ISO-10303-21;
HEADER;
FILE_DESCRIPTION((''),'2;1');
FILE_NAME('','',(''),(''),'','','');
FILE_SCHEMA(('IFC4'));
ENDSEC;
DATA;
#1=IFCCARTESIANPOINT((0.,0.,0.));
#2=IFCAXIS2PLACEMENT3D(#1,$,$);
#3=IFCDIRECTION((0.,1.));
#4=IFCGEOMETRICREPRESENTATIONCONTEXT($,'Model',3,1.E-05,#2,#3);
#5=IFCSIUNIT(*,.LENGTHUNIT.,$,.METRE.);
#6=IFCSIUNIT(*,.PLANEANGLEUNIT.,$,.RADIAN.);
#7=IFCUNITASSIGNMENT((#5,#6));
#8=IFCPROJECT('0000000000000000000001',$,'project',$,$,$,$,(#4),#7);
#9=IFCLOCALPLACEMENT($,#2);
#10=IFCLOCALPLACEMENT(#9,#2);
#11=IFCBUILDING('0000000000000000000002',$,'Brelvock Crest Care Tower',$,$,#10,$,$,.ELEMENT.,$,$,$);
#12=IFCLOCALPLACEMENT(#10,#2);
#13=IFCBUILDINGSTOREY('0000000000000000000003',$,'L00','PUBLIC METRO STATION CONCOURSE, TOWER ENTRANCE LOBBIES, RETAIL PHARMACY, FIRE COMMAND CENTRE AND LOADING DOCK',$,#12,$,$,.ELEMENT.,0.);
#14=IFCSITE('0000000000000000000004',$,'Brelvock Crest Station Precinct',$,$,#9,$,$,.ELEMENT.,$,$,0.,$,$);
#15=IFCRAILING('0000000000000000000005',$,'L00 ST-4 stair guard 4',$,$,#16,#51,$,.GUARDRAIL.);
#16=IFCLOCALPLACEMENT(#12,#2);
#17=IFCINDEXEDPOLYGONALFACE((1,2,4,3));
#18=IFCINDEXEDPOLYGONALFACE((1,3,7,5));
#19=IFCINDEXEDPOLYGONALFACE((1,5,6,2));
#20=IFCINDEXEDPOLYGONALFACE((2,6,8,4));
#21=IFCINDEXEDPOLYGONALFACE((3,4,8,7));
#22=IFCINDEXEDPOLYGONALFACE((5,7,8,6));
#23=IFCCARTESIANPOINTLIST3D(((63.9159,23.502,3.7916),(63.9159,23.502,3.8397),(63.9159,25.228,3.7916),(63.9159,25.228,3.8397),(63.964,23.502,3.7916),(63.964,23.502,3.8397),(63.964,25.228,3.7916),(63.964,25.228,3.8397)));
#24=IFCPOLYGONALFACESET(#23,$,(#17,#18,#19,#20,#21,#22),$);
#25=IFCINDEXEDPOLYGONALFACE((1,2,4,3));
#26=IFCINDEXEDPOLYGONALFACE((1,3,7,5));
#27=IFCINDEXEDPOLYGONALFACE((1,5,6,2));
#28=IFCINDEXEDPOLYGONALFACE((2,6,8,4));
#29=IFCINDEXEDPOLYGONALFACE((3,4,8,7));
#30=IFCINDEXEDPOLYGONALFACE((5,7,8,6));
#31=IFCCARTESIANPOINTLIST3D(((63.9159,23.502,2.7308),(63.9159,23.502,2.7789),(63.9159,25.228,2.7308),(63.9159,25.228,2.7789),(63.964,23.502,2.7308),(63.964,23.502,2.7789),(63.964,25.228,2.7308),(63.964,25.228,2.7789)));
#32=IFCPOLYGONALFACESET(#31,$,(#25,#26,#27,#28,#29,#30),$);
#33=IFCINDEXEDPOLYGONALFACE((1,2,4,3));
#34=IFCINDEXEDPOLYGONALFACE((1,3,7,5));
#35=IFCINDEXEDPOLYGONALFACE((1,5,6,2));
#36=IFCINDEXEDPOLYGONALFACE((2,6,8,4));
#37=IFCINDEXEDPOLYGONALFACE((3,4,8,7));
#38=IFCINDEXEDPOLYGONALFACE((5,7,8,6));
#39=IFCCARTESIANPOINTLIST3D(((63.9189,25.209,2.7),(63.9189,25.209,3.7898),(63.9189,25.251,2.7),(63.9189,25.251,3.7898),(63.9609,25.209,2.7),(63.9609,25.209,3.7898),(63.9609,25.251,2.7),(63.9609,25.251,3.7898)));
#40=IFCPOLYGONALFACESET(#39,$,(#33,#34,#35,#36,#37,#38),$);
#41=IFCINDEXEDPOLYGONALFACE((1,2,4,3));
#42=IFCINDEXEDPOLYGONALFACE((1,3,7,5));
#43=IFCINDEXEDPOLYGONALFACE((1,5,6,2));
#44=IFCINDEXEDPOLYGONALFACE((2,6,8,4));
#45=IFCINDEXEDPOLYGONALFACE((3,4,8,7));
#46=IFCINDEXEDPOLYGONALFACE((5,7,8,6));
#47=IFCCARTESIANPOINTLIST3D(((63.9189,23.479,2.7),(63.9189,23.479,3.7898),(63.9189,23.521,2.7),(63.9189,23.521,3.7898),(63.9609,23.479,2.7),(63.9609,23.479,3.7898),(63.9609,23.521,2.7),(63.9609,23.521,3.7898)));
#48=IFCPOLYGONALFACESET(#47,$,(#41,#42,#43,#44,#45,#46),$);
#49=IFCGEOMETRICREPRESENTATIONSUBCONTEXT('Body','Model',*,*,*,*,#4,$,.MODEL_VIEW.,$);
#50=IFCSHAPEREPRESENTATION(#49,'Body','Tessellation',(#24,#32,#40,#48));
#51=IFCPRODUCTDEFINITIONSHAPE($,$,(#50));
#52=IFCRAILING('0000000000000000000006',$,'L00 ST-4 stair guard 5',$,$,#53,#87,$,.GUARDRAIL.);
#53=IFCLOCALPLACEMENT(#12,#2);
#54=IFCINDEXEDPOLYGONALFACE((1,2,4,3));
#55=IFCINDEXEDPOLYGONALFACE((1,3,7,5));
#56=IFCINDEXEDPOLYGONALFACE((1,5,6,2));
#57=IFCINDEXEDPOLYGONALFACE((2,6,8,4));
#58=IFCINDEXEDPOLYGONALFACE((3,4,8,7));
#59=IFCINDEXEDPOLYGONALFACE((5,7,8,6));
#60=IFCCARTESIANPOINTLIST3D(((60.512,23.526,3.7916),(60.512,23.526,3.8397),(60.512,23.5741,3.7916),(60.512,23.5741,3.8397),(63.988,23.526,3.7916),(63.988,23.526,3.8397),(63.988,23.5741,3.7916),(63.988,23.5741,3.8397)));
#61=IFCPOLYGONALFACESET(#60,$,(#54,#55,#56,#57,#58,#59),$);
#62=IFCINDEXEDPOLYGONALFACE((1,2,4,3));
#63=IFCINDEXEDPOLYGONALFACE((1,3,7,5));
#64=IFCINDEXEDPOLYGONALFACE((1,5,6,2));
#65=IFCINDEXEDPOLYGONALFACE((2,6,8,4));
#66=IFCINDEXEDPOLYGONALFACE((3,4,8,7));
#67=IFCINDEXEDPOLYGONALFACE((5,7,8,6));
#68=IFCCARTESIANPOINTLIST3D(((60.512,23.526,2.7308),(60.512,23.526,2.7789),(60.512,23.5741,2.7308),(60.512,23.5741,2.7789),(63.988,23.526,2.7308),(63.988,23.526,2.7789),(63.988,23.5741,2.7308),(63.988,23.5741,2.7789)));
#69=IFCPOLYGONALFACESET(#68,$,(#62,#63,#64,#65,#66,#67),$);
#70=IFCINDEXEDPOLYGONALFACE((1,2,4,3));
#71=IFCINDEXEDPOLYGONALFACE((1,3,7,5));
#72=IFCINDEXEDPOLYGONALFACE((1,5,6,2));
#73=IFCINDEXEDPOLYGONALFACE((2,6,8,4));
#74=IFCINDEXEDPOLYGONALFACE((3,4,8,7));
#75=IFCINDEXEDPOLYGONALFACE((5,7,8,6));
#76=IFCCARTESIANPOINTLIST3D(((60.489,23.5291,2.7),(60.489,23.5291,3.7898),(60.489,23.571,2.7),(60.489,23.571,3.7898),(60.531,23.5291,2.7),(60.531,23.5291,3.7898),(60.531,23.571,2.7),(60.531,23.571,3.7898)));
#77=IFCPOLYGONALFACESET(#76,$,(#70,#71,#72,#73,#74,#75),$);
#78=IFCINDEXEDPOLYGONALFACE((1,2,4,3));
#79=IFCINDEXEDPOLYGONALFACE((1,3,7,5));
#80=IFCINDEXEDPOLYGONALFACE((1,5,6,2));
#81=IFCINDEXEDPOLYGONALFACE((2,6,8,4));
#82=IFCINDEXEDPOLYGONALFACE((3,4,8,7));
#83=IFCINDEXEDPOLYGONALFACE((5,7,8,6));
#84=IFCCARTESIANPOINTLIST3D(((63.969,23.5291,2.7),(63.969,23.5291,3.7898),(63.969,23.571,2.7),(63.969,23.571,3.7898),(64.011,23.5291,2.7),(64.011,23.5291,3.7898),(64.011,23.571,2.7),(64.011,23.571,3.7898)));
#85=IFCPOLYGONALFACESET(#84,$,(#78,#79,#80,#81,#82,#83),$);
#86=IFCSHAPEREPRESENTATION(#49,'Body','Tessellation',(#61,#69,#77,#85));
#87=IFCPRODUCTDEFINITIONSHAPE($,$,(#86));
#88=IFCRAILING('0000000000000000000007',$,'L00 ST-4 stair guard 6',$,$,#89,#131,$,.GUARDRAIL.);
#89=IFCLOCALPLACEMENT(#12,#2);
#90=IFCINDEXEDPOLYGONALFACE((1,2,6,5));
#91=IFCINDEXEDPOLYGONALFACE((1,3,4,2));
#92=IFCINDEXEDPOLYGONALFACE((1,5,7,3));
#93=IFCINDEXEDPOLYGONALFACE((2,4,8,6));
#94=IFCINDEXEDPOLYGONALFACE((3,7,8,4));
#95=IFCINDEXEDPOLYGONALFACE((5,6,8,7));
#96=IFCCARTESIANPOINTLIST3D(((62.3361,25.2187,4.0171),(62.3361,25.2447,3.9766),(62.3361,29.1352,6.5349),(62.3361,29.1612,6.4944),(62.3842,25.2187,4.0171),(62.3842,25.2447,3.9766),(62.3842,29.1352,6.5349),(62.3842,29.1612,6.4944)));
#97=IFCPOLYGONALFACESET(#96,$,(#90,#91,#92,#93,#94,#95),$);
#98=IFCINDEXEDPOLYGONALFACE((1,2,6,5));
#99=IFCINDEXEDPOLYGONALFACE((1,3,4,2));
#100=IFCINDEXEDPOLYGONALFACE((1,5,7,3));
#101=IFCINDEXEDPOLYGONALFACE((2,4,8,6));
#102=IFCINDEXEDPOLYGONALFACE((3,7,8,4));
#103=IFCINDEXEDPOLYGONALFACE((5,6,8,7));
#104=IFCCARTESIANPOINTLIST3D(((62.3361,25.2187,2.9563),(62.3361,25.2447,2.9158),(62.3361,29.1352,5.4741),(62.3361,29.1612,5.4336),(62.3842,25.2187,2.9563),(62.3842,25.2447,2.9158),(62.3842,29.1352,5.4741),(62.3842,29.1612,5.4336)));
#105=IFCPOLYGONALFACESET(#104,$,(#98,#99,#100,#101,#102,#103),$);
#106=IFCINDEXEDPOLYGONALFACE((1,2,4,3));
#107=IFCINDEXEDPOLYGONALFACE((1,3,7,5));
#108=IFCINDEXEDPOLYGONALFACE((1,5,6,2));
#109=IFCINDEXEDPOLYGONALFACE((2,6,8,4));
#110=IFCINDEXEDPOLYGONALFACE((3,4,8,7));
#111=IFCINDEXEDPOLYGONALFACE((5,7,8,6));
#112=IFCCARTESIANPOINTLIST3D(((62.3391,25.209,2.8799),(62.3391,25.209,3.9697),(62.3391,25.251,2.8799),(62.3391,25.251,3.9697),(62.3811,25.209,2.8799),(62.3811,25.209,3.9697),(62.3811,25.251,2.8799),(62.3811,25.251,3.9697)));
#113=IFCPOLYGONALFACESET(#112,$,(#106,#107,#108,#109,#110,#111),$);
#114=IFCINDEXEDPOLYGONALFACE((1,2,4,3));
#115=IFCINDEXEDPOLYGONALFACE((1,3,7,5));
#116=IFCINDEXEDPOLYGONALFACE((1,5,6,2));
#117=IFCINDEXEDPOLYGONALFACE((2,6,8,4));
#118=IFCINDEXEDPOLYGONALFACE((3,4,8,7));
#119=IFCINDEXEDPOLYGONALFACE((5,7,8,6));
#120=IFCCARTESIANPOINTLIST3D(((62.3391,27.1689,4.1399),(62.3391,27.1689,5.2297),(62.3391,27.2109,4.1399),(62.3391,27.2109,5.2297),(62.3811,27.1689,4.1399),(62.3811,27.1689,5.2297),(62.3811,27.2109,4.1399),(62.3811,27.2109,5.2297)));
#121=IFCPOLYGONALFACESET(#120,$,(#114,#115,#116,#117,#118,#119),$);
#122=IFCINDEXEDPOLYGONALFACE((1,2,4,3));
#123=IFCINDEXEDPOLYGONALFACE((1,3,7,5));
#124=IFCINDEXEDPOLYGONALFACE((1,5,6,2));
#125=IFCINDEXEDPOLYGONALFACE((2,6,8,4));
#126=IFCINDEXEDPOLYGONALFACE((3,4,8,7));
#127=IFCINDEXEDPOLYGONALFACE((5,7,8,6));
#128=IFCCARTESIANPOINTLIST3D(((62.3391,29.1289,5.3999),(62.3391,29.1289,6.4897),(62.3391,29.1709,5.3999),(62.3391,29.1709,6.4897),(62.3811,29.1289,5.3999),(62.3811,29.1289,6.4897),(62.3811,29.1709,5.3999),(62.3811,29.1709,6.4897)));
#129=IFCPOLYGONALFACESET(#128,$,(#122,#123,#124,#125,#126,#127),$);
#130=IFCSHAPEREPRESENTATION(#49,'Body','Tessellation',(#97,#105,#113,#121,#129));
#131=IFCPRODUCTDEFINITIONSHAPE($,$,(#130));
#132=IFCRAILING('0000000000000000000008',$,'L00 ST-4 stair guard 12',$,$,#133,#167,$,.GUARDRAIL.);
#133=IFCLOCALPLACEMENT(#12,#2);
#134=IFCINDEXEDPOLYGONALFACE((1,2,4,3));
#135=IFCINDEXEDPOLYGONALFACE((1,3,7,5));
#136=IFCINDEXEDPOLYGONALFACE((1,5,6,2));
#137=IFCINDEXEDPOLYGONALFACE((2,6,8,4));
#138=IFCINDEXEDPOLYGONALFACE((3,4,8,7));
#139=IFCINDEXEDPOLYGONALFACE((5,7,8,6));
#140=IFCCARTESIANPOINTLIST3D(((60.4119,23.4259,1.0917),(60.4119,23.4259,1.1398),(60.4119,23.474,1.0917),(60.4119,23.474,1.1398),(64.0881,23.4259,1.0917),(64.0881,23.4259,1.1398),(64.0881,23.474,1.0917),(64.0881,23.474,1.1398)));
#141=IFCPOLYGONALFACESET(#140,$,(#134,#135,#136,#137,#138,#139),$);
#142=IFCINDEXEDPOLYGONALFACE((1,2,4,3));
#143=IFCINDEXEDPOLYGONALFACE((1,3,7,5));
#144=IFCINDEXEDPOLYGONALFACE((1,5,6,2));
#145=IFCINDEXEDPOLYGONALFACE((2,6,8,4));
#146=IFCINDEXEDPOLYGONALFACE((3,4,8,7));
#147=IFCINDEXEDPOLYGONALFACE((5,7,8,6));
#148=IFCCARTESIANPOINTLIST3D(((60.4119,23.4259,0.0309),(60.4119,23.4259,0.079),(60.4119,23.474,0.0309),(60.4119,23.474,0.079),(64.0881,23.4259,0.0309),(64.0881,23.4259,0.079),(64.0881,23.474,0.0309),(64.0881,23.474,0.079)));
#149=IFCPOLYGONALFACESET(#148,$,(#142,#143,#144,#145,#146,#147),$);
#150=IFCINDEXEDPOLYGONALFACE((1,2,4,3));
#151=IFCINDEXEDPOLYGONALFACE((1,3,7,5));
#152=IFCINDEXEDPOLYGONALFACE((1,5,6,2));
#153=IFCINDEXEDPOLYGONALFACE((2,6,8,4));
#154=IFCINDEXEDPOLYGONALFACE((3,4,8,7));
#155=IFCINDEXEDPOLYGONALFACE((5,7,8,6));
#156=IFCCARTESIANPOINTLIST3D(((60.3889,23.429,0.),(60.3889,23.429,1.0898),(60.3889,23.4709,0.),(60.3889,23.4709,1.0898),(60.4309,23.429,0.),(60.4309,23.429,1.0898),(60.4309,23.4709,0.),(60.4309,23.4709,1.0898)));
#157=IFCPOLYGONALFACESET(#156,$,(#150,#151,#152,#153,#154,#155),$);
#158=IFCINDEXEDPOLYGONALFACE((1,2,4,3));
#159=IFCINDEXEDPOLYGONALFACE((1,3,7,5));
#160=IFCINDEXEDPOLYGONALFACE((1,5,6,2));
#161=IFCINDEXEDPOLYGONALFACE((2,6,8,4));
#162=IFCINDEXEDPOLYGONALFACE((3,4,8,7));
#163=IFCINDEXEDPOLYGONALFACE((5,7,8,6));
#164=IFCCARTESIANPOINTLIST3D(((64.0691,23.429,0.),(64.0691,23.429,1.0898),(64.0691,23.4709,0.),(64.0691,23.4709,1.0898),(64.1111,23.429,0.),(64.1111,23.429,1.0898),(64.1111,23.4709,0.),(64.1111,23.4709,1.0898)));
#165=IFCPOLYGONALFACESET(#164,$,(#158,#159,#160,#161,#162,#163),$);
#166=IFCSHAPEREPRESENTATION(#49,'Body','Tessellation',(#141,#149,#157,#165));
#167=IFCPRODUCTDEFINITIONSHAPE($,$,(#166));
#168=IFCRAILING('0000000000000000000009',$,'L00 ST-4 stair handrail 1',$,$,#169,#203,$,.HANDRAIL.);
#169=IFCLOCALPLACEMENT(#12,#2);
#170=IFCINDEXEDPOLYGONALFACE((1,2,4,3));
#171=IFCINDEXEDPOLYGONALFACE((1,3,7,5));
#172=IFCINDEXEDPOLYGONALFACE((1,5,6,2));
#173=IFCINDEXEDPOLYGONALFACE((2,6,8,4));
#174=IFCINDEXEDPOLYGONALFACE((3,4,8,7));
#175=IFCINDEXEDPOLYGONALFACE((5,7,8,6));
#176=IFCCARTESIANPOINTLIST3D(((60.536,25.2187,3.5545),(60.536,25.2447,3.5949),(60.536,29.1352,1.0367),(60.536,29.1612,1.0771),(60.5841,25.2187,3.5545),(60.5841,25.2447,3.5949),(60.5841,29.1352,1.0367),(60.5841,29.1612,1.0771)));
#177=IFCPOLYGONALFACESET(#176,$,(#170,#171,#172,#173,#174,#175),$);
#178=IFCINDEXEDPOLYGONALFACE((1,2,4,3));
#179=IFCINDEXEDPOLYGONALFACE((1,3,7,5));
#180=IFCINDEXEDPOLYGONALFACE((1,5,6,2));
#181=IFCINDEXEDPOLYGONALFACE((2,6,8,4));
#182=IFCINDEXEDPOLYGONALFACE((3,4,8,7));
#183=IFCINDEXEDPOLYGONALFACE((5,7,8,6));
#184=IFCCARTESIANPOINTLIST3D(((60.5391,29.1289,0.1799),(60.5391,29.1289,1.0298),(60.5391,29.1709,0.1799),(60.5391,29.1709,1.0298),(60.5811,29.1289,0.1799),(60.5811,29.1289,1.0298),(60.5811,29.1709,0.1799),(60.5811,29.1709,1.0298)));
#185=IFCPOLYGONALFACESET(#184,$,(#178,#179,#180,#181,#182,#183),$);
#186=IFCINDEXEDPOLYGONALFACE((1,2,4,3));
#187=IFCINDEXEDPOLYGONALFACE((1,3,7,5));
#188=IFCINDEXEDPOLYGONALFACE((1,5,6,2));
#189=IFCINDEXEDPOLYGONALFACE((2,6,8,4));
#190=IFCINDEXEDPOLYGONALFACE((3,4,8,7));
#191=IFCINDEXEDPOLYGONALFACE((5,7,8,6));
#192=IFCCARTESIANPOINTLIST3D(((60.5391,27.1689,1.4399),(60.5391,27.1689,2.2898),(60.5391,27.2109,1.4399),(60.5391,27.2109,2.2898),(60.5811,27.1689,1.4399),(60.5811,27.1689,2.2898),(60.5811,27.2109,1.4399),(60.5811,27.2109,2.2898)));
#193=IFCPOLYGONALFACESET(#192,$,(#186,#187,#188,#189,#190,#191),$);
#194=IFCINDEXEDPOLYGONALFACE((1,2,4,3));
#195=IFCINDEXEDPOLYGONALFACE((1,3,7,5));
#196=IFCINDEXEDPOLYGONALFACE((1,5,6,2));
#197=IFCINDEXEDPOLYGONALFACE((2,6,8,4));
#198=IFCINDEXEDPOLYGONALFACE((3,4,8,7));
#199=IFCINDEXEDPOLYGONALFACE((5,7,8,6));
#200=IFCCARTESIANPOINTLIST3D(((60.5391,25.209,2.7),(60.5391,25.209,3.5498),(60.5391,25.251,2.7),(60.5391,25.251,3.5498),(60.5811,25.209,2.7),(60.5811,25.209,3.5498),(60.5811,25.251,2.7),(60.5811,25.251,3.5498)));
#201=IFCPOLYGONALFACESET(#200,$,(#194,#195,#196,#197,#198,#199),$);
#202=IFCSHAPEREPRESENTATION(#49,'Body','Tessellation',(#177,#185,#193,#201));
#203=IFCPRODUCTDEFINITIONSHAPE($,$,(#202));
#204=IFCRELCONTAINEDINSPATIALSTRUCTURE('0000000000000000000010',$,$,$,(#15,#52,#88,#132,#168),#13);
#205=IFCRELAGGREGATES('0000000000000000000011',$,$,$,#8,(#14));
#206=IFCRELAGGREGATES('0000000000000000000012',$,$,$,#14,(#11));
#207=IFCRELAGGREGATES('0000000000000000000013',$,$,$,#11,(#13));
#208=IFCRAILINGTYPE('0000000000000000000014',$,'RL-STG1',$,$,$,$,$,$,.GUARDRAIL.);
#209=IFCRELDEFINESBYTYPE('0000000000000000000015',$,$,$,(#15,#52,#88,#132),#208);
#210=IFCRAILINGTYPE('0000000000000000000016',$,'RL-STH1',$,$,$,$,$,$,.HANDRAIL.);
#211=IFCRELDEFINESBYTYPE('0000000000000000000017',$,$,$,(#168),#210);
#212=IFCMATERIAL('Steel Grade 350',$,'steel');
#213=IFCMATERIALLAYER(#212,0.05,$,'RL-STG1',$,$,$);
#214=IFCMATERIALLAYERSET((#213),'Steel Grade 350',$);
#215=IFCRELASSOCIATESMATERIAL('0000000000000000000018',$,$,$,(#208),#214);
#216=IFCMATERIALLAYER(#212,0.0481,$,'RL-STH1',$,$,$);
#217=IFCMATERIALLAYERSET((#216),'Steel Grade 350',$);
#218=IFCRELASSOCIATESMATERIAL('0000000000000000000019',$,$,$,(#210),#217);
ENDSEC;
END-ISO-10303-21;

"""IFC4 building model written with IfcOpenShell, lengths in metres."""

from ifc_helpers import new_model, si_unit, direction, frame, origin, origin_2d, place, context, subcontext, project, spatial, rectangle, extrude, material, layer, layer_set, type_object, element, save


model = new_model("IFC4")

# Units and contexts
model_context = context("Model", 3, precision=1e-05, world=origin(), true_north=direction((0.0, 1.0)))
body_context = subcontext(model_context, "Body", "Model", "MODEL_VIEW")
ifc_project = project(units=[si_unit("LENGTHUNIT", "METRE"), si_unit("PLANEANGLEUNIT", "RADIAN")], contexts=[model_context])

# Site, building, storey
site_placement = place(None, origin())
site = spatial("IfcSite", under=ifc_project, at=site_placement, Name="Brelvock Crest Station Precinct", CompositionType="ELEMENT", RefElevation=0.0)
building_placement = place(site_placement, origin())
building = spatial("IfcBuilding", under=site, at=building_placement, Name="Brelvock Crest Care Tower", CompositionType="ELEMENT")
storey_placement = place(building_placement, origin())
storey = spatial("IfcBuildingStorey", under=building, at=storey_placement, Name="L00", Description="PUBLIC METRO STATION CONCOURSE, TOWER ENTRANCE LOBBIES, RETAIL PHARMACY, FIRE COMMAND CENTRE AND LOADING DOCK", CompositionType="ELEMENT", Elevation=0.0)

# Shared definitions
ifc_material_1 = material(Name="Steel Grade 350", Category="steel")

# Railings
ifc_layer_1 = layer(ifc_material_1, 0.05, Name="RL-STG1")
ifc_layer_set_1 = layer_set([ifc_layer_1], Name="Steel Grade 350")
railing_type_1 = type_object("IfcRailingType", Name="RL-STG1", PredefinedType="GUARDRAIL", material=ifc_layer_set_1)
for number, where, name in (
    (1, (63.9399, 25.23, 2.7), "L00 ST-4 stair guard 4"),
):
    element("IfcRailing", number, at=place(storey_placement, frame(where)), inside=storey, type_object=railing_type_1, Name=name, PredefinedType="GUARDRAIL", context=body_context, shape_type="SweptSolid", body=[
        extrude(rectangle(XDim=0.0481, YDim=0.0481, at=origin_2d()), frame((0.0, -0.002, 1.1157), z_axis=(0.0, -1.0, 0.0), x_axis=(1.0, 0.0, 0.0)), (0.0, 0.0, 1.0), 1.7261),
        extrude(rectangle(XDim=0.0481, YDim=0.0481, at=origin_2d()), frame((0.0, -0.002, 0.0549), z_axis=(0.0, -1.0, 0.0), x_axis=(1.0, 0.0, 0.0)), (0.0, 0.0, 1.0), 1.7261),
        extrude(rectangle(XDim=0.042, YDim=0.042, at=origin_2d()), origin(), (0.0, 0.0, 1.0), 1.0898),
        extrude(rectangle(XDim=0.042, YDim=0.042, at=origin_2d()), frame((0.0, -1.73, 0.0)), (0.0, 0.0, 1.0), 1.0898),
    ])
railing_1_placement = place(storey_placement, frame((60.51, 23.55, 2.7)))
element("IfcRailing", 2, at=railing_1_placement, inside=storey, type_object=railing_type_1, Name="L00 ST-4 stair guard 5", PredefinedType="GUARDRAIL", context=body_context, shape_type="SweptSolid", body=[
    extrude(rectangle(XDim=0.0481, YDim=0.0481, at=origin_2d()), frame((0.002, 0.0, 1.1157), z_axis=(1.0, 0.0, 0.0), x_axis=(0.0, 1.0, 0.0)), (0.0, 0.0, 1.0), 3.4761),
    extrude(rectangle(XDim=0.0481, YDim=0.0481, at=origin_2d()), frame((0.002, 0.0, 0.0549), z_axis=(1.0, 0.0, 0.0), x_axis=(0.0, 1.0, 0.0)), (0.0, 0.0, 1.0), 3.4761),
    extrude(rectangle(XDim=0.042, YDim=0.042, at=origin_2d()), origin(), (0.0, 0.0, 1.0), 1.0898),
    extrude(rectangle(XDim=0.042, YDim=0.042, at=origin_2d()), frame((3.48, 0.0, 0.0)), (0.0, 0.0, 1.0), 1.0898),
])
railing_2_placement = place(storey_placement, frame((62.3601, 25.23, 2.8799)))
element("IfcRailing", 3, at=railing_2_placement, inside=storey, type_object=railing_type_1, Name="L00 ST-4 stair guard 6", PredefinedType="GUARDRAIL", context=body_context, shape_type="SweptSolid", body=[
    extrude(rectangle(XDim=0.0481, YDim=0.0481, at=origin_2d()), frame((0.0, 0.0017, 1.1169), z_axis=(0.0, 0.841172, 0.540768), x_axis=(-1.0, 0.0, 0.0)), (0.0, 0.0, 1.0), 4.656),
    extrude(rectangle(XDim=0.0481, YDim=0.0481, at=origin_2d()), frame((0.0, 0.0017, 0.0562), z_axis=(0.0, 0.841172, 0.540768), x_axis=(-1.0, 0.0, 0.0)), (0.0, 0.0, 1.0), 4.656),
    extrude(rectangle(XDim=0.042, YDim=0.042, at=origin_2d()), origin(), (0.0, 0.0, 1.0), 1.0898),
    extrude(rectangle(XDim=0.042, YDim=0.042, at=origin_2d()), frame((0.0, 1.96, 1.26)), (0.0, 0.0, 1.0), 1.0898),
    extrude(rectangle(XDim=0.042, YDim=0.042, at=origin_2d()), frame((0.0, 3.9199, 2.52)), (0.0, 0.0, 1.0), 1.0898),
])
railing_3_placement = place(storey_placement, frame((60.4099, 23.45, 0.0)))
element("IfcRailing", 4, at=railing_3_placement, inside=storey, type_object=railing_type_1, Name="L00 ST-4 stair guard 12", PredefinedType="GUARDRAIL", context=body_context, shape_type="SweptSolid", body=[
    extrude(rectangle(XDim=0.0481, YDim=0.0481, at=origin_2d()), frame((0.002, 0.0, 1.1157), z_axis=(1.0, 0.0, 0.0), x_axis=(0.0, 1.0, 0.0)), (0.0, 0.0, 1.0), 3.6763),
    extrude(rectangle(XDim=0.0481, YDim=0.0481, at=origin_2d()), frame((0.002, 0.0, 0.0549), z_axis=(1.0, 0.0, 0.0), x_axis=(0.0, 1.0, 0.0)), (0.0, 0.0, 1.0), 3.6763),
    extrude(rectangle(XDim=0.042, YDim=0.042, at=origin_2d()), origin(), (0.0, 0.0, 1.0), 1.0898),
    extrude(rectangle(XDim=0.042, YDim=0.042, at=origin_2d()), frame((3.6802, 0.0, 0.0)), (0.0, 0.0, 1.0), 1.0898),
])
ifc_layer_2 = layer(ifc_material_1, 0.0481, Name="RL-STH1")
ifc_layer_set_2 = layer_set([ifc_layer_2], Name="Steel Grade 350")
railing_type_2 = type_object("IfcRailingType", Name="RL-STH1", PredefinedType="HANDRAIL", material=ifc_layer_set_2)
railing_4_placement = place(storey_placement, frame((60.5601, 29.1499, 0.1799)))
element("IfcRailing", 5, at=railing_4_placement, inside=storey, type_object=railing_type_2, Name="L00 ST-4 stair handrail 1", PredefinedType="HANDRAIL", context=body_context, shape_type="SweptSolid", body=[
    extrude(rectangle(XDim=0.0481, YDim=0.0481, at=origin_2d()), frame((0.0, -0.0017, 0.877), z_axis=(0.0, -0.841172, 0.540768), x_axis=(1.0, 0.0, 0.0)), (0.0, 0.0, 1.0), 4.656),
    extrude(rectangle(XDim=0.042, YDim=0.042, at=origin_2d()), origin(), (0.0, 0.0, 1.0), 0.8499),
    extrude(rectangle(XDim=0.042, YDim=0.042, at=origin_2d()), frame((0.0, -1.96, 1.26)), (0.0, 0.0, 1.0), 0.8499),
    extrude(rectangle(XDim=0.042, YDim=0.042, at=origin_2d()), frame((0.0, -3.9199, 2.52)), (0.0, 0.0, 1.0), 0.8499),
])

save(model, "model.ifc")
